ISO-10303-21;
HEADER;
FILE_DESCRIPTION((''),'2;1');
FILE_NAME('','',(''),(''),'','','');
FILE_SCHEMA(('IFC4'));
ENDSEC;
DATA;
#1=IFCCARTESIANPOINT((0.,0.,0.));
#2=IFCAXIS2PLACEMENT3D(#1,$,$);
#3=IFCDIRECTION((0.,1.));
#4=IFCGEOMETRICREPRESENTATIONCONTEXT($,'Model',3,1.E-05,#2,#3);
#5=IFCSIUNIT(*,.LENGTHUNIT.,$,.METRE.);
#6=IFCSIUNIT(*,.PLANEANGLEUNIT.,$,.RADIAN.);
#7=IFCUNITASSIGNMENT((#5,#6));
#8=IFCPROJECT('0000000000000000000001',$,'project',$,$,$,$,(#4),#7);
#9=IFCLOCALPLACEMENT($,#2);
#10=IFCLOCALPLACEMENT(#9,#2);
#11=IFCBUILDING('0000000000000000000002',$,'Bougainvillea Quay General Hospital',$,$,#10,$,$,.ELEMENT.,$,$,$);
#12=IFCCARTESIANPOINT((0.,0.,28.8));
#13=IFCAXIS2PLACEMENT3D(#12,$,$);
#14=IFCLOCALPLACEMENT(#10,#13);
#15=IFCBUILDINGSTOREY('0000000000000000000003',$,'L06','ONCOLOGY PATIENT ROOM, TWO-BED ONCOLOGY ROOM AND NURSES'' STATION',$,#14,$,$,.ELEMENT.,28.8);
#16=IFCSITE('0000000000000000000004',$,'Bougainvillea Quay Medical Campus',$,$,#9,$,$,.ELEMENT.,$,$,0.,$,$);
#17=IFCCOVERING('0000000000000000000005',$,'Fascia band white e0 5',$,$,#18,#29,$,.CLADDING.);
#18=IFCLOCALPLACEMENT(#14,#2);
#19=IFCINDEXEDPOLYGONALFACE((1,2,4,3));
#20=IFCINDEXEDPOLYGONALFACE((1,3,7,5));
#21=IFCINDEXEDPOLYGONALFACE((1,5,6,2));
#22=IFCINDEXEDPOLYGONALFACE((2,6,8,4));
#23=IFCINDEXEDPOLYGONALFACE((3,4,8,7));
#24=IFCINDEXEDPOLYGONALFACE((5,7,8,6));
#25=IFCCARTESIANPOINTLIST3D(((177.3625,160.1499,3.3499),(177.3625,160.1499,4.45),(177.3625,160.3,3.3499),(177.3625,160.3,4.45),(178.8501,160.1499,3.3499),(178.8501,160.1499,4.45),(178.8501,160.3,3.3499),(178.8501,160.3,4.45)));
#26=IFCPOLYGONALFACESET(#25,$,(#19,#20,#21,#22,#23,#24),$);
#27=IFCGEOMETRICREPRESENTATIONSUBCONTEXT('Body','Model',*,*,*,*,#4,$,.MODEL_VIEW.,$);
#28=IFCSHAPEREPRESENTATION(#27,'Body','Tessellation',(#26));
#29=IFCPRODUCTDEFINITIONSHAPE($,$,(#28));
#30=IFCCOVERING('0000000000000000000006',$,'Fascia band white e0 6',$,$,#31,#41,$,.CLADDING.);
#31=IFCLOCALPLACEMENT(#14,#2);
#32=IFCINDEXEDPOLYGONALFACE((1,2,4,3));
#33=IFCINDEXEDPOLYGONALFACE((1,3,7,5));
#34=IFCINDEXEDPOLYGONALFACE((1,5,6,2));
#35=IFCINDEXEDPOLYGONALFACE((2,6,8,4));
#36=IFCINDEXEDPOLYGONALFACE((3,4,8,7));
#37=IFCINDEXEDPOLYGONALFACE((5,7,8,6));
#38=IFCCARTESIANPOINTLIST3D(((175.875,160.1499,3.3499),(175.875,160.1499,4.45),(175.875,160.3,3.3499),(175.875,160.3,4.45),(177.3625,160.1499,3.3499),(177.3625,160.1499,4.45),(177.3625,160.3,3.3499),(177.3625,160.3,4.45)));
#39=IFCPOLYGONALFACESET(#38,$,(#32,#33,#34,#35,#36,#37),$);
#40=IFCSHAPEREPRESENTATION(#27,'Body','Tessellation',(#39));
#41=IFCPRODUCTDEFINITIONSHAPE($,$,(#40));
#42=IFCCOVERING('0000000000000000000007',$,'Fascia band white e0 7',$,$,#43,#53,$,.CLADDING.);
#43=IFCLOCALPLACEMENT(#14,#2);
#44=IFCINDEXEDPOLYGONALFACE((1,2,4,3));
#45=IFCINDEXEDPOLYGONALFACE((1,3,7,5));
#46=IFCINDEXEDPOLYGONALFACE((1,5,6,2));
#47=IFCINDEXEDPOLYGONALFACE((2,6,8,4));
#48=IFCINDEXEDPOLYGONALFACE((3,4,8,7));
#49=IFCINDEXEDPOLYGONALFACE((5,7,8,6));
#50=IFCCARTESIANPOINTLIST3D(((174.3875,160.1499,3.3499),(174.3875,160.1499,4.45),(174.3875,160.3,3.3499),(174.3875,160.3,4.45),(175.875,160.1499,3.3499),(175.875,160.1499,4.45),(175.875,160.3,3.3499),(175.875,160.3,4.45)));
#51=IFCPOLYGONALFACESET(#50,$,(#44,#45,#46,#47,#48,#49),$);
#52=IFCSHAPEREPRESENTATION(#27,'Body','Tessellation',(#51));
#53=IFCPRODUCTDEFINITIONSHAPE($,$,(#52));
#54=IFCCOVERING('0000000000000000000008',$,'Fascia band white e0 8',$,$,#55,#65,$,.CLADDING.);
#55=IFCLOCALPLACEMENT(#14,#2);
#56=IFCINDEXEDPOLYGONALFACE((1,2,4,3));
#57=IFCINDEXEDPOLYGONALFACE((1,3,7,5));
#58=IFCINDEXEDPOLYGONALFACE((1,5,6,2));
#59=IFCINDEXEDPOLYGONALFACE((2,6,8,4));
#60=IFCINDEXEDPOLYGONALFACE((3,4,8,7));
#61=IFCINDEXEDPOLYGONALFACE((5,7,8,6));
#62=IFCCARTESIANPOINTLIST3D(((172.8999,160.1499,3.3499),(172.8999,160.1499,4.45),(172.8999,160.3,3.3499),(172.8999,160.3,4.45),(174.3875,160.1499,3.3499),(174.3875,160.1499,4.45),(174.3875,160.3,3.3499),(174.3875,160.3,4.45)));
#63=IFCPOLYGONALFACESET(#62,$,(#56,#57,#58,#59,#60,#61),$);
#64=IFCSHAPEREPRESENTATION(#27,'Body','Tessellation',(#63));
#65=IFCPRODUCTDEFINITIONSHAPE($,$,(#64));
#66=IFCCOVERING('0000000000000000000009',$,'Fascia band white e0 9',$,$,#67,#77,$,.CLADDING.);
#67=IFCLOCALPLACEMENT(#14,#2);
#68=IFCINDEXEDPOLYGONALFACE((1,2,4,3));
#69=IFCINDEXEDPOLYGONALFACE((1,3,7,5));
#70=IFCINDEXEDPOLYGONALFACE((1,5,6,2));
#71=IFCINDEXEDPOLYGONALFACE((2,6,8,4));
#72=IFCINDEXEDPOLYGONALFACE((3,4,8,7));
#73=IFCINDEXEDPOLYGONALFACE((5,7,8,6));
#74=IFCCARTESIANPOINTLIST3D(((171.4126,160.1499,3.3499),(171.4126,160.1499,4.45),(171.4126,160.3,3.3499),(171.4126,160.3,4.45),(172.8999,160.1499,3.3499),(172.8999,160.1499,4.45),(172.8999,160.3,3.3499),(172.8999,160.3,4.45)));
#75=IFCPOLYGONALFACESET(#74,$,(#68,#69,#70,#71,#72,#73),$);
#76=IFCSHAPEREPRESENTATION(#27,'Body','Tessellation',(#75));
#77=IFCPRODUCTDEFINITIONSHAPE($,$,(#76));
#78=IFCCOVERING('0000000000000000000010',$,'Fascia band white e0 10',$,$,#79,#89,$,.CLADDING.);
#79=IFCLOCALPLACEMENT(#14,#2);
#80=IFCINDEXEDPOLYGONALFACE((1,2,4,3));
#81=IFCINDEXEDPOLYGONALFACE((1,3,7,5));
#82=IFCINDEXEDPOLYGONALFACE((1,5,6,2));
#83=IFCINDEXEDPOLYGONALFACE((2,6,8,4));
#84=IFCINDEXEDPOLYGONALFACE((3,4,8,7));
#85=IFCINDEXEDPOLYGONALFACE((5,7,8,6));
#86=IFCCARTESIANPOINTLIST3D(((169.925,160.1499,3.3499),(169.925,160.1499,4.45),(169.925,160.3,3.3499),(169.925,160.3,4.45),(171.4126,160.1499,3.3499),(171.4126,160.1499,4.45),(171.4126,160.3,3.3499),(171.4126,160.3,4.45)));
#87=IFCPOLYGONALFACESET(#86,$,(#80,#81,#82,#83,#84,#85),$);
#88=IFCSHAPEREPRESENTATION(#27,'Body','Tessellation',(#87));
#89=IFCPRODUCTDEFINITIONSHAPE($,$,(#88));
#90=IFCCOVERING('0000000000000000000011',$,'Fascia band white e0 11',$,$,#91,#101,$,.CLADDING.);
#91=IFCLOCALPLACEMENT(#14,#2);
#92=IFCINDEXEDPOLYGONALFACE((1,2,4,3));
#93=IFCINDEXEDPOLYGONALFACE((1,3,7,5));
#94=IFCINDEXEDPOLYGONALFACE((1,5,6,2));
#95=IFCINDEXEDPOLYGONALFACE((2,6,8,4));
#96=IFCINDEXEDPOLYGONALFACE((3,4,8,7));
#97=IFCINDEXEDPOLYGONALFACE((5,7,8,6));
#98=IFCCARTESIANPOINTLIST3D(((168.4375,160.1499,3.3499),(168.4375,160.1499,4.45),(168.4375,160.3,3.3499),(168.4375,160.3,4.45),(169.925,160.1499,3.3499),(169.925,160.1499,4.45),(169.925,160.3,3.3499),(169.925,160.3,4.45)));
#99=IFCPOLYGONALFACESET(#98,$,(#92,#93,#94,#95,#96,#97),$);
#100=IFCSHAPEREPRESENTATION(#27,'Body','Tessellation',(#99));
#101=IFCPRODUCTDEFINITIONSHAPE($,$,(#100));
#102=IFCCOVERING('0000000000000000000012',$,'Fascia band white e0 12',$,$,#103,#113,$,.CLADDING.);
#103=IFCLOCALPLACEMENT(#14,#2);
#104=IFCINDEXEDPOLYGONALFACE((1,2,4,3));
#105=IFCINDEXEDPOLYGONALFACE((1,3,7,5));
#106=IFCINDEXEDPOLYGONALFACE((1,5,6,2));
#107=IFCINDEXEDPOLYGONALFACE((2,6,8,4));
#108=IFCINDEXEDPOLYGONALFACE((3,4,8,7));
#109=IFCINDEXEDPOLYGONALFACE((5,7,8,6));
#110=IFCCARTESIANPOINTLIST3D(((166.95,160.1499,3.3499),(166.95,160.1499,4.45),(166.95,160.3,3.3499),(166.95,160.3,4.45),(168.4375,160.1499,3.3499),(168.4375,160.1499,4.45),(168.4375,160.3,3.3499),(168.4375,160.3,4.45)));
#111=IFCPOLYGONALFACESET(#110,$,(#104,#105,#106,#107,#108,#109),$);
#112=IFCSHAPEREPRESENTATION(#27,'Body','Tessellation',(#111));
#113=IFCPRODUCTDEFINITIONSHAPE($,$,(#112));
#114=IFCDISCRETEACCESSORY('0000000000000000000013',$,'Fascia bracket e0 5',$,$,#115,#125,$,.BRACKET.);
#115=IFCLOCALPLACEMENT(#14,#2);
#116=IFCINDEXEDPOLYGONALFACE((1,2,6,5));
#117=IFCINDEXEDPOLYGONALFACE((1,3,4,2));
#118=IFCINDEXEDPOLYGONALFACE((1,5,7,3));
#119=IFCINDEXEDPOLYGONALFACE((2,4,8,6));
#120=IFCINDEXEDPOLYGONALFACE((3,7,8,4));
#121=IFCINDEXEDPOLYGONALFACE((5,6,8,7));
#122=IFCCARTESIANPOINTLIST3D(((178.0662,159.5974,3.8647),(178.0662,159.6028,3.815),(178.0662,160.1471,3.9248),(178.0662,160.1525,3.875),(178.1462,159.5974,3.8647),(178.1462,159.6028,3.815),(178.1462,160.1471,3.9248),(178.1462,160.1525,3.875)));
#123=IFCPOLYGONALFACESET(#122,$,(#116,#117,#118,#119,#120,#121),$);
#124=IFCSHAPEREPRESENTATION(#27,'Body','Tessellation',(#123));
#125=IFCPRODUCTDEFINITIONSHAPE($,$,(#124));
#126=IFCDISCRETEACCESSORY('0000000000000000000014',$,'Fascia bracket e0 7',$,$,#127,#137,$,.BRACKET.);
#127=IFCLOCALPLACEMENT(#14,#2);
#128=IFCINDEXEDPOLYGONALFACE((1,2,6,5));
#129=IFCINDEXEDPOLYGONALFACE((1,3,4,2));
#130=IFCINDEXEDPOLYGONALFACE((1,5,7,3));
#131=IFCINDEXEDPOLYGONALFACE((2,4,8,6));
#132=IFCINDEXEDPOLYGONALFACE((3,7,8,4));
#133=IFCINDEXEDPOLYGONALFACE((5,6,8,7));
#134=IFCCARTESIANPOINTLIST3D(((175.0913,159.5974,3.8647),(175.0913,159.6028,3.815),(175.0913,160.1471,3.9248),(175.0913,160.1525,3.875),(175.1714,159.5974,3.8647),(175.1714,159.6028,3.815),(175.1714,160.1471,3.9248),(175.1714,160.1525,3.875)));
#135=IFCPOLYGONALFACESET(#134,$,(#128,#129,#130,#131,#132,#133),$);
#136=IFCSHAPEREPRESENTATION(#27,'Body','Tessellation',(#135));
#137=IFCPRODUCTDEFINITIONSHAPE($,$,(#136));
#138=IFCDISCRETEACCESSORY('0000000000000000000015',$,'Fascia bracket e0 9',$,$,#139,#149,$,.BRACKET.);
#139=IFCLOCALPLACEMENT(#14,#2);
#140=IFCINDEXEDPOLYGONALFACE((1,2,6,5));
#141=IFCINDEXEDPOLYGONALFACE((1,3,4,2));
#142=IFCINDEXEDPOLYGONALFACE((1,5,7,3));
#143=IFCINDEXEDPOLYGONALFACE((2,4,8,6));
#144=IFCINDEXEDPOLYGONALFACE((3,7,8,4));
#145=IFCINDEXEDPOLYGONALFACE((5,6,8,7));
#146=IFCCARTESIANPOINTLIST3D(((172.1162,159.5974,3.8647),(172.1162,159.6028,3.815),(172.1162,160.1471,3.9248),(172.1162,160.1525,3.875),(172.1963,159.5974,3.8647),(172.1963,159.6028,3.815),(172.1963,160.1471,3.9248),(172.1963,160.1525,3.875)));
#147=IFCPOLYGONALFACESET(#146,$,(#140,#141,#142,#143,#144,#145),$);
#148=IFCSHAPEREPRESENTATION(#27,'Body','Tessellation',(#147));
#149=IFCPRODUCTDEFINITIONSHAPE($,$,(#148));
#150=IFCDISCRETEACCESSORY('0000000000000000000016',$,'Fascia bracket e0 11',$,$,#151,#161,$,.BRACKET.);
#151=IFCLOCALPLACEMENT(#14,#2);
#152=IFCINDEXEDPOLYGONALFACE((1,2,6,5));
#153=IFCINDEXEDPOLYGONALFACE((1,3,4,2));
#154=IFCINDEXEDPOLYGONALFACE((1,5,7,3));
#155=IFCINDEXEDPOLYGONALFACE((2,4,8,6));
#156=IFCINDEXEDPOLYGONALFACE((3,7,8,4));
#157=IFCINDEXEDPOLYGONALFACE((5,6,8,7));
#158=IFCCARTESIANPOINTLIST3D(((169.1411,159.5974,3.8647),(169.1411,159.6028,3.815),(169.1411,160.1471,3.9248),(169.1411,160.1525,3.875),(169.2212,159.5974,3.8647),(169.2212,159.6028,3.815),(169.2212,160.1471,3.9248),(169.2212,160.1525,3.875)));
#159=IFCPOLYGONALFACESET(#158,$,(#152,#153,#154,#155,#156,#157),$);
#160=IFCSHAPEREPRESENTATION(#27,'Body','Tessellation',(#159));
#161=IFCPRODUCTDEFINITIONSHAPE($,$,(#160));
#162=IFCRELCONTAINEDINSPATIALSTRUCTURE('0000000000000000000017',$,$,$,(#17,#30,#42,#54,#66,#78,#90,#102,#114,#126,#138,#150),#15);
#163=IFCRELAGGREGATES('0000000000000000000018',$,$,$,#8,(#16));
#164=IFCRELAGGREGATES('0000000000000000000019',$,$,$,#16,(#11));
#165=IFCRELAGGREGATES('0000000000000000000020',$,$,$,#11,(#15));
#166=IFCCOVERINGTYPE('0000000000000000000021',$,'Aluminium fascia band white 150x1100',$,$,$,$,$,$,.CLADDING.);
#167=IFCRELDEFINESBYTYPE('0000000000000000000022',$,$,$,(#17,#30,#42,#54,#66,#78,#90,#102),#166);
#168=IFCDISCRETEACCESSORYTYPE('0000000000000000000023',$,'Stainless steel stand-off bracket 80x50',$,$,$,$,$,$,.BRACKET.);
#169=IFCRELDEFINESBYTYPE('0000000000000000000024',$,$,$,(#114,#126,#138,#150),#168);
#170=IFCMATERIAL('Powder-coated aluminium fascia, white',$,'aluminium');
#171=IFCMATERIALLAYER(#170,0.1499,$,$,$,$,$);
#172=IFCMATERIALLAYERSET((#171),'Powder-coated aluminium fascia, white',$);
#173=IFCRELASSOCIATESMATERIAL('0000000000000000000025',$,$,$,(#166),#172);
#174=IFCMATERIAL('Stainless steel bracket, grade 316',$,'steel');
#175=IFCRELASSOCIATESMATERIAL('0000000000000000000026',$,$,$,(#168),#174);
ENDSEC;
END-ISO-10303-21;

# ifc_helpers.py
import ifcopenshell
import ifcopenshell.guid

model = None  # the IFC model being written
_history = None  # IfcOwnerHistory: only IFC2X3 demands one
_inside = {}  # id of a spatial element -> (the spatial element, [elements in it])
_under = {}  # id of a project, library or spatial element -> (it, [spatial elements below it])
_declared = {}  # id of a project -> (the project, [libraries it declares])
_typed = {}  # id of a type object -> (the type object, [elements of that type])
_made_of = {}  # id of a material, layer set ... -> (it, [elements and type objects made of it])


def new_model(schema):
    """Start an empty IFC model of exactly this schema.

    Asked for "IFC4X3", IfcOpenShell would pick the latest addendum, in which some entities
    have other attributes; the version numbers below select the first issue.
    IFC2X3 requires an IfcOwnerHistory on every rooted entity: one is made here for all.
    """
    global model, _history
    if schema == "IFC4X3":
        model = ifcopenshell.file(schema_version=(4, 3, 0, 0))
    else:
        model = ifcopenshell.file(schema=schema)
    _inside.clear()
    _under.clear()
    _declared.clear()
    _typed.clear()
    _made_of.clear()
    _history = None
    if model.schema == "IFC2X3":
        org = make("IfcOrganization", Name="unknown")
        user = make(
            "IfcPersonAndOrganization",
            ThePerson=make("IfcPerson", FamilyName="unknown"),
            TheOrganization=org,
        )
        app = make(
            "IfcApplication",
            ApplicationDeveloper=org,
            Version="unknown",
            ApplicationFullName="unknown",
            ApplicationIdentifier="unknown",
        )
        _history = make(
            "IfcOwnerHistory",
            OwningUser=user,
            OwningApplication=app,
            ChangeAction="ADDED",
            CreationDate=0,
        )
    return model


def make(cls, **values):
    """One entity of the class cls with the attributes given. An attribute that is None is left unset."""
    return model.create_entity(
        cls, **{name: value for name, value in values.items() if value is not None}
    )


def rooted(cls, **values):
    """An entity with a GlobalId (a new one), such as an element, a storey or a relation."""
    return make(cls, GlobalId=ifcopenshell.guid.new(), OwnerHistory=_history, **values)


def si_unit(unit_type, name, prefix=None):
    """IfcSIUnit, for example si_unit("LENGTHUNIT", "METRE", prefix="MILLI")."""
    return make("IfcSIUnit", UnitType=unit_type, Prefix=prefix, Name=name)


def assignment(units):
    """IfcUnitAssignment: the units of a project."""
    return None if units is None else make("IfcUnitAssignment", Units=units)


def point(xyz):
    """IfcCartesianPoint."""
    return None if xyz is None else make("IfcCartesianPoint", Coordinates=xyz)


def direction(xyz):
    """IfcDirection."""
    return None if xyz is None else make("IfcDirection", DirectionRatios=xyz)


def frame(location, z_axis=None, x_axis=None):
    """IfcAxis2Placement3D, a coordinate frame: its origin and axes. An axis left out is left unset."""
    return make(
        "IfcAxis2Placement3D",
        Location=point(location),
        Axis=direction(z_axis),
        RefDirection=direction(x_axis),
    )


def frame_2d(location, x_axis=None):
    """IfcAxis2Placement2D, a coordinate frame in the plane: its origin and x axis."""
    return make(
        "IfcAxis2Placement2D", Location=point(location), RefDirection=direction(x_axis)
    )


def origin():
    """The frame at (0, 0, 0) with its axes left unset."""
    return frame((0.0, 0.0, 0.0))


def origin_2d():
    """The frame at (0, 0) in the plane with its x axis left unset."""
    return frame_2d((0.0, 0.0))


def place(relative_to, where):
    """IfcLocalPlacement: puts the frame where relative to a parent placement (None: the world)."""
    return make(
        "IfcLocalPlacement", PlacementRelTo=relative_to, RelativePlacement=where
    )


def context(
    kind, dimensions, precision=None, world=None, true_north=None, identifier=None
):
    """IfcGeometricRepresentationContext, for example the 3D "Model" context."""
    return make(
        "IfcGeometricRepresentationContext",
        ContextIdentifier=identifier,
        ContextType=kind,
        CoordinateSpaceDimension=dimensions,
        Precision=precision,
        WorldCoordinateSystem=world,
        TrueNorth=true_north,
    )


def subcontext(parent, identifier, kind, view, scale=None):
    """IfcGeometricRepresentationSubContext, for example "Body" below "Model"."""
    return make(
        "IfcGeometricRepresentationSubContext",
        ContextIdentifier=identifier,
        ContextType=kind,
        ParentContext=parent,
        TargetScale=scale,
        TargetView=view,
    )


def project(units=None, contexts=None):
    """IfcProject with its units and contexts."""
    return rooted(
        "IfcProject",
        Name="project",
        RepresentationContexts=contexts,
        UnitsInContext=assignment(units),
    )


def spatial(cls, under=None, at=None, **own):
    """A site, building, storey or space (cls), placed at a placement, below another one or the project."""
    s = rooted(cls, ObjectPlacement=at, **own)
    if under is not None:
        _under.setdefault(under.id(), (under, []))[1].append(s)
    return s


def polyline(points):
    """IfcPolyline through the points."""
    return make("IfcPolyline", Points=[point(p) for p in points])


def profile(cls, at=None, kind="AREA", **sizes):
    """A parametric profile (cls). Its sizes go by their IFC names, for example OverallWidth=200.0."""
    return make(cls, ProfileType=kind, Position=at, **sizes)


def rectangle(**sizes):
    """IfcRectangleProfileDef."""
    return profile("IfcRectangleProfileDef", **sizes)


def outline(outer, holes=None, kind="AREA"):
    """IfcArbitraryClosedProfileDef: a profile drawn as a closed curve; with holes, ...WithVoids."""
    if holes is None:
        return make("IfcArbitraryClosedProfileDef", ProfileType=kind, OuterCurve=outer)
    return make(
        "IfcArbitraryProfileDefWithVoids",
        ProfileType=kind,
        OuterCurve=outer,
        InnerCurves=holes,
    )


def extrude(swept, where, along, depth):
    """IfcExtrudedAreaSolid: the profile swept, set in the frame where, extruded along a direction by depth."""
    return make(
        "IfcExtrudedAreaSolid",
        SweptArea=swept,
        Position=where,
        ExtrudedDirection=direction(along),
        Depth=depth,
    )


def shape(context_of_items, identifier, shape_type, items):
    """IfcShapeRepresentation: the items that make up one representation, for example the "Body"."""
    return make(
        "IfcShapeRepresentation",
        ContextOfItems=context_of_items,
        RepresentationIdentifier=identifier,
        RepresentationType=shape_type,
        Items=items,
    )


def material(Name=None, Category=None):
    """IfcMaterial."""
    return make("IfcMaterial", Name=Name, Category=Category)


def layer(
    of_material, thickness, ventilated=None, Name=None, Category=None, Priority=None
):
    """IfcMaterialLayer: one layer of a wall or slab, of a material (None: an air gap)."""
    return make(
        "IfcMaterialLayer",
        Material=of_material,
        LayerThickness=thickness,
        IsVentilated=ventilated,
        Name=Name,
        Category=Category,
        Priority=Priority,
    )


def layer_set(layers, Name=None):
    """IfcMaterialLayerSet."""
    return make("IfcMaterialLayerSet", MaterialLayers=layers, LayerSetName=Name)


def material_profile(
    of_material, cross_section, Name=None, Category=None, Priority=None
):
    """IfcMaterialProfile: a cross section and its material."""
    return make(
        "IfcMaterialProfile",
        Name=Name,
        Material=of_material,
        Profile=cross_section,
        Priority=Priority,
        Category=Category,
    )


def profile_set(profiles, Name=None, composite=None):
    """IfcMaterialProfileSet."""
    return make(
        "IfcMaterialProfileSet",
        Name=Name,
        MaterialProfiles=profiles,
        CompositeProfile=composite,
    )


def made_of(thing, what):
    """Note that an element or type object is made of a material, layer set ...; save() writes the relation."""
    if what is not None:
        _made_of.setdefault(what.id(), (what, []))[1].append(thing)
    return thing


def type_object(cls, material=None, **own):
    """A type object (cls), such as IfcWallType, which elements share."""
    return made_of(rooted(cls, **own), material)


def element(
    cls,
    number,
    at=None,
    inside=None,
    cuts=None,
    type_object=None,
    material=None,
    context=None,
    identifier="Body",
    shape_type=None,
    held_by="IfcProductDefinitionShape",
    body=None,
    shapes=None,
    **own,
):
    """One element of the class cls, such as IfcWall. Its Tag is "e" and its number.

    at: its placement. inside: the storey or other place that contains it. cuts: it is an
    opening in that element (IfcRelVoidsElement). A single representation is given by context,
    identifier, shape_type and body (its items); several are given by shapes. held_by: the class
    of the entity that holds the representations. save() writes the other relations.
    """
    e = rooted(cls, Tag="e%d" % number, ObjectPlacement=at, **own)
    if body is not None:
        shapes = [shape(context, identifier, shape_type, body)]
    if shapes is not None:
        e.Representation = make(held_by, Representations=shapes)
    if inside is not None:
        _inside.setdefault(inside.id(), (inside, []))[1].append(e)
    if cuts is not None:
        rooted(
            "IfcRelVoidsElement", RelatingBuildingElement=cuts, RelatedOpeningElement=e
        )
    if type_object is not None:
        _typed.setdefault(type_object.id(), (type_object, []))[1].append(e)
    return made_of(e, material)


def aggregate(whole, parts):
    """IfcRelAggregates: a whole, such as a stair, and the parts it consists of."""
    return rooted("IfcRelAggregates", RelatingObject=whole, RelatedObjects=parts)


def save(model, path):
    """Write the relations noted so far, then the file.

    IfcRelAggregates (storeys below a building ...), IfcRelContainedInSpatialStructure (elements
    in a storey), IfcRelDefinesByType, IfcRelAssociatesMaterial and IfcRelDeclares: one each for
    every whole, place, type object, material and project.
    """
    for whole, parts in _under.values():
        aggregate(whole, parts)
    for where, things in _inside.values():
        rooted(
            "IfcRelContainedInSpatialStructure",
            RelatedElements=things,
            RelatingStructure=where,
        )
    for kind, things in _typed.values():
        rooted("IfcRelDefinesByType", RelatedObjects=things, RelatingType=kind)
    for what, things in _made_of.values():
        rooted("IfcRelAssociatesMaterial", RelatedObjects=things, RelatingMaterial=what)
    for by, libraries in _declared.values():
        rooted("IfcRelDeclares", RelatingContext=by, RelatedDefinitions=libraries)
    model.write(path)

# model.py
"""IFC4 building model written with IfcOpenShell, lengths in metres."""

from ifc_helpers import new_model, si_unit, direction, frame, origin, origin_2d, place, context, subcontext, project, spatial, polyline, rectangle, outline, extrude, material, layer, layer_set, material_profile, profile_set, type_object, element, save


model = new_model("IFC4")

# Units and contexts
model_context = context("Model", 3, precision=1e-05, world=origin(), true_north=direction((0.0, 1.0)))
body_context = subcontext(model_context, "Body", "Model", "MODEL_VIEW")
ifc_project = project(units=[si_unit("LENGTHUNIT", "METRE"), si_unit("PLANEANGLEUNIT", "RADIAN")], contexts=[model_context])

# Site, building, storey
site_placement = place(None, origin())
site = spatial("IfcSite", under=ifc_project, at=site_placement, Name="Bougainvillea Quay Medical Campus", CompositionType="ELEMENT", RefElevation=0.0)
building_placement = place(site_placement, origin())
building = spatial("IfcBuilding", under=site, at=building_placement, Name="Bougainvillea Quay General Hospital", CompositionType="ELEMENT")
storey_placement = place(building_placement, frame((0.0, 0.0, 28.8)))
storey = spatial("IfcBuildingStorey", under=building, at=storey_placement, Name="L06", Description="ONCOLOGY PATIENT ROOM, TWO-BED ONCOLOGY ROOM AND NURSES' STATION", CompositionType="ELEMENT", Elevation=28.8)

# Coverings
ifc_material_1 = material(Name="Powder-coated aluminium fascia, white", Category="aluminium")
ifc_layer_1 = layer(ifc_material_1, 0.1499)
ifc_layer_set_1 = layer_set([ifc_layer_1], Name="Powder-coated aluminium fascia, white")
covering_type = type_object("IfcCoveringType", Name="Aluminium fascia band white 150x1100", PredefinedType="CLADDING", material=ifc_layer_set_1)
for number, where, z_axis, x_axis, name in (
    (1, (178.8501, 160.1499, 3.3499), (0.0, 0.0, 1.0), (-1.0, 0.0, 0.0), "Fascia band white e0 5"),
    (2, (177.3625, 160.1499, 3.3499), (0.0, 0.0, 1.0), (-1.0, 0.0, 0.0), "Fascia band white e0 6"),
    (3, (175.875, 160.1499, 3.3499), (0.0, 0.0, 1.0), (-1.0, 0.0, 0.0), "Fascia band white e0 7"),
    (4, (174.3875, 160.1499, 3.3499), (0.0, 0.0, 1.0), (-1.0, 0.0, 0.0), "Fascia band white e0 8"),
):
    element("IfcCovering", number, at=place(storey_placement, frame(where, z_axis=z_axis, x_axis=x_axis)), inside=storey, type_object=covering_type, Name=name, PredefinedType="CLADDING", context=body_context, shape_type="SweptSolid", body=[
        extrude(outline(polyline([(0.0, 0.0), (1.4875, 0.0), (1.4875, -0.1501), (0.0, -0.1501), (0.0, 0.0)])), origin(), (0.0, 0.0, 1.0), 1.1001),
    ])
covering_placement = place(storey_placement, frame((172.8999, 160.1499, 3.3499), z_axis=(0.0, 0.0, 1.0), x_axis=(-1.0, 0.0, 0.0)))
element("IfcCovering", 5, at=covering_placement, inside=storey, type_object=covering_type, Name="Fascia band white e0 9", PredefinedType="CLADDING", context=body_context, shape_type="SweptSolid", body=[
    extrude(outline(polyline([(0.0, 0.0), (1.4873, 0.0), (1.4873, -0.1501), (0.0, -0.1501), (0.0, 0.0)])), origin(), (0.0, 0.0, 1.0), 1.1001),
])
for number, where, z_axis, x_axis, name in (
    (6, (171.4126, 160.1499, 3.3499), (0.0, 0.0, 1.0), (-1.0, 0.0, 0.0), "Fascia band white e0 10"),
    (7, (169.925, 160.1499, 3.3499), (0.0, 0.0, 1.0), (-1.0, 0.0, 0.0), "Fascia band white e0 11"),
    (8, (168.4375, 160.1499, 3.3499), (0.0, 0.0, 1.0), (-1.0, 0.0, 0.0), "Fascia band white e0 12"),
):
    element("IfcCovering", number, at=place(storey_placement, frame(where, z_axis=z_axis, x_axis=x_axis)), inside=storey, type_object=covering_type, Name=name, PredefinedType="CLADDING", context=body_context, shape_type="SweptSolid", body=[
        extrude(outline(polyline([(0.0, 0.0), (1.4875, 0.0), (1.4875, -0.1501), (0.0, -0.1501), (0.0, 0.0)])), origin(), (0.0, 0.0, 1.0), 1.1001),
    ])

# Discrete accessories
ifc_material_2 = material(Name="Stainless steel bracket, grade 316", Category="steel")
ifc_material_profile_1 = material_profile(ifc_material_2, rectangle(XDim=0.0801, YDim=0.05, at=origin_2d()))
ifc_profile_set_1 = profile_set([ifc_material_profile_1], Name="Stainless steel bracket, grade 316")
discrete_accessory_type = type_object("IfcDiscreteAccessoryType", Name="Stainless steel stand-off bracket 80x50", PredefinedType="BRACKET", material=ifc_profile_set_1)
for number, where, z_axis, x_axis, name in (
    (9, (178.1062, 159.6001, 3.8398), (0.0, 0.994087, 0.10859), (-1.0, 0.0, 0.0), "Fascia bracket e0 5"),
    (10, (175.1313, 159.6001, 3.8398), (0.0, 0.994087, 0.10859), (-1.0, 0.0, 0.0), "Fascia bracket e0 7"),
    (11, (172.1562, 159.6001, 3.8398), (0.0, 0.994087, 0.10859), (-1.0, 0.0, 0.0), "Fascia bracket e0 9"),
    (12, (169.1812, 159.6001, 3.8398), (0.0, 0.994087, 0.10859), (-1.0, 0.0, 0.0), "Fascia bracket e0 11"),
):
    element("IfcDiscreteAccessory", number, at=place(storey_placement, frame(where, z_axis=z_axis, x_axis=x_axis)), inside=storey, type_object=discrete_accessory_type, Name=name, PredefinedType="BRACKET", context=body_context, shape_type="SweptSolid", body=[
        extrude(rectangle(XDim=0.0801, YDim=0.05, at=origin_2d()), origin(), (0.0, 0.0, 1.0), 0.553),
    ])

save(model, "model.ifc")
